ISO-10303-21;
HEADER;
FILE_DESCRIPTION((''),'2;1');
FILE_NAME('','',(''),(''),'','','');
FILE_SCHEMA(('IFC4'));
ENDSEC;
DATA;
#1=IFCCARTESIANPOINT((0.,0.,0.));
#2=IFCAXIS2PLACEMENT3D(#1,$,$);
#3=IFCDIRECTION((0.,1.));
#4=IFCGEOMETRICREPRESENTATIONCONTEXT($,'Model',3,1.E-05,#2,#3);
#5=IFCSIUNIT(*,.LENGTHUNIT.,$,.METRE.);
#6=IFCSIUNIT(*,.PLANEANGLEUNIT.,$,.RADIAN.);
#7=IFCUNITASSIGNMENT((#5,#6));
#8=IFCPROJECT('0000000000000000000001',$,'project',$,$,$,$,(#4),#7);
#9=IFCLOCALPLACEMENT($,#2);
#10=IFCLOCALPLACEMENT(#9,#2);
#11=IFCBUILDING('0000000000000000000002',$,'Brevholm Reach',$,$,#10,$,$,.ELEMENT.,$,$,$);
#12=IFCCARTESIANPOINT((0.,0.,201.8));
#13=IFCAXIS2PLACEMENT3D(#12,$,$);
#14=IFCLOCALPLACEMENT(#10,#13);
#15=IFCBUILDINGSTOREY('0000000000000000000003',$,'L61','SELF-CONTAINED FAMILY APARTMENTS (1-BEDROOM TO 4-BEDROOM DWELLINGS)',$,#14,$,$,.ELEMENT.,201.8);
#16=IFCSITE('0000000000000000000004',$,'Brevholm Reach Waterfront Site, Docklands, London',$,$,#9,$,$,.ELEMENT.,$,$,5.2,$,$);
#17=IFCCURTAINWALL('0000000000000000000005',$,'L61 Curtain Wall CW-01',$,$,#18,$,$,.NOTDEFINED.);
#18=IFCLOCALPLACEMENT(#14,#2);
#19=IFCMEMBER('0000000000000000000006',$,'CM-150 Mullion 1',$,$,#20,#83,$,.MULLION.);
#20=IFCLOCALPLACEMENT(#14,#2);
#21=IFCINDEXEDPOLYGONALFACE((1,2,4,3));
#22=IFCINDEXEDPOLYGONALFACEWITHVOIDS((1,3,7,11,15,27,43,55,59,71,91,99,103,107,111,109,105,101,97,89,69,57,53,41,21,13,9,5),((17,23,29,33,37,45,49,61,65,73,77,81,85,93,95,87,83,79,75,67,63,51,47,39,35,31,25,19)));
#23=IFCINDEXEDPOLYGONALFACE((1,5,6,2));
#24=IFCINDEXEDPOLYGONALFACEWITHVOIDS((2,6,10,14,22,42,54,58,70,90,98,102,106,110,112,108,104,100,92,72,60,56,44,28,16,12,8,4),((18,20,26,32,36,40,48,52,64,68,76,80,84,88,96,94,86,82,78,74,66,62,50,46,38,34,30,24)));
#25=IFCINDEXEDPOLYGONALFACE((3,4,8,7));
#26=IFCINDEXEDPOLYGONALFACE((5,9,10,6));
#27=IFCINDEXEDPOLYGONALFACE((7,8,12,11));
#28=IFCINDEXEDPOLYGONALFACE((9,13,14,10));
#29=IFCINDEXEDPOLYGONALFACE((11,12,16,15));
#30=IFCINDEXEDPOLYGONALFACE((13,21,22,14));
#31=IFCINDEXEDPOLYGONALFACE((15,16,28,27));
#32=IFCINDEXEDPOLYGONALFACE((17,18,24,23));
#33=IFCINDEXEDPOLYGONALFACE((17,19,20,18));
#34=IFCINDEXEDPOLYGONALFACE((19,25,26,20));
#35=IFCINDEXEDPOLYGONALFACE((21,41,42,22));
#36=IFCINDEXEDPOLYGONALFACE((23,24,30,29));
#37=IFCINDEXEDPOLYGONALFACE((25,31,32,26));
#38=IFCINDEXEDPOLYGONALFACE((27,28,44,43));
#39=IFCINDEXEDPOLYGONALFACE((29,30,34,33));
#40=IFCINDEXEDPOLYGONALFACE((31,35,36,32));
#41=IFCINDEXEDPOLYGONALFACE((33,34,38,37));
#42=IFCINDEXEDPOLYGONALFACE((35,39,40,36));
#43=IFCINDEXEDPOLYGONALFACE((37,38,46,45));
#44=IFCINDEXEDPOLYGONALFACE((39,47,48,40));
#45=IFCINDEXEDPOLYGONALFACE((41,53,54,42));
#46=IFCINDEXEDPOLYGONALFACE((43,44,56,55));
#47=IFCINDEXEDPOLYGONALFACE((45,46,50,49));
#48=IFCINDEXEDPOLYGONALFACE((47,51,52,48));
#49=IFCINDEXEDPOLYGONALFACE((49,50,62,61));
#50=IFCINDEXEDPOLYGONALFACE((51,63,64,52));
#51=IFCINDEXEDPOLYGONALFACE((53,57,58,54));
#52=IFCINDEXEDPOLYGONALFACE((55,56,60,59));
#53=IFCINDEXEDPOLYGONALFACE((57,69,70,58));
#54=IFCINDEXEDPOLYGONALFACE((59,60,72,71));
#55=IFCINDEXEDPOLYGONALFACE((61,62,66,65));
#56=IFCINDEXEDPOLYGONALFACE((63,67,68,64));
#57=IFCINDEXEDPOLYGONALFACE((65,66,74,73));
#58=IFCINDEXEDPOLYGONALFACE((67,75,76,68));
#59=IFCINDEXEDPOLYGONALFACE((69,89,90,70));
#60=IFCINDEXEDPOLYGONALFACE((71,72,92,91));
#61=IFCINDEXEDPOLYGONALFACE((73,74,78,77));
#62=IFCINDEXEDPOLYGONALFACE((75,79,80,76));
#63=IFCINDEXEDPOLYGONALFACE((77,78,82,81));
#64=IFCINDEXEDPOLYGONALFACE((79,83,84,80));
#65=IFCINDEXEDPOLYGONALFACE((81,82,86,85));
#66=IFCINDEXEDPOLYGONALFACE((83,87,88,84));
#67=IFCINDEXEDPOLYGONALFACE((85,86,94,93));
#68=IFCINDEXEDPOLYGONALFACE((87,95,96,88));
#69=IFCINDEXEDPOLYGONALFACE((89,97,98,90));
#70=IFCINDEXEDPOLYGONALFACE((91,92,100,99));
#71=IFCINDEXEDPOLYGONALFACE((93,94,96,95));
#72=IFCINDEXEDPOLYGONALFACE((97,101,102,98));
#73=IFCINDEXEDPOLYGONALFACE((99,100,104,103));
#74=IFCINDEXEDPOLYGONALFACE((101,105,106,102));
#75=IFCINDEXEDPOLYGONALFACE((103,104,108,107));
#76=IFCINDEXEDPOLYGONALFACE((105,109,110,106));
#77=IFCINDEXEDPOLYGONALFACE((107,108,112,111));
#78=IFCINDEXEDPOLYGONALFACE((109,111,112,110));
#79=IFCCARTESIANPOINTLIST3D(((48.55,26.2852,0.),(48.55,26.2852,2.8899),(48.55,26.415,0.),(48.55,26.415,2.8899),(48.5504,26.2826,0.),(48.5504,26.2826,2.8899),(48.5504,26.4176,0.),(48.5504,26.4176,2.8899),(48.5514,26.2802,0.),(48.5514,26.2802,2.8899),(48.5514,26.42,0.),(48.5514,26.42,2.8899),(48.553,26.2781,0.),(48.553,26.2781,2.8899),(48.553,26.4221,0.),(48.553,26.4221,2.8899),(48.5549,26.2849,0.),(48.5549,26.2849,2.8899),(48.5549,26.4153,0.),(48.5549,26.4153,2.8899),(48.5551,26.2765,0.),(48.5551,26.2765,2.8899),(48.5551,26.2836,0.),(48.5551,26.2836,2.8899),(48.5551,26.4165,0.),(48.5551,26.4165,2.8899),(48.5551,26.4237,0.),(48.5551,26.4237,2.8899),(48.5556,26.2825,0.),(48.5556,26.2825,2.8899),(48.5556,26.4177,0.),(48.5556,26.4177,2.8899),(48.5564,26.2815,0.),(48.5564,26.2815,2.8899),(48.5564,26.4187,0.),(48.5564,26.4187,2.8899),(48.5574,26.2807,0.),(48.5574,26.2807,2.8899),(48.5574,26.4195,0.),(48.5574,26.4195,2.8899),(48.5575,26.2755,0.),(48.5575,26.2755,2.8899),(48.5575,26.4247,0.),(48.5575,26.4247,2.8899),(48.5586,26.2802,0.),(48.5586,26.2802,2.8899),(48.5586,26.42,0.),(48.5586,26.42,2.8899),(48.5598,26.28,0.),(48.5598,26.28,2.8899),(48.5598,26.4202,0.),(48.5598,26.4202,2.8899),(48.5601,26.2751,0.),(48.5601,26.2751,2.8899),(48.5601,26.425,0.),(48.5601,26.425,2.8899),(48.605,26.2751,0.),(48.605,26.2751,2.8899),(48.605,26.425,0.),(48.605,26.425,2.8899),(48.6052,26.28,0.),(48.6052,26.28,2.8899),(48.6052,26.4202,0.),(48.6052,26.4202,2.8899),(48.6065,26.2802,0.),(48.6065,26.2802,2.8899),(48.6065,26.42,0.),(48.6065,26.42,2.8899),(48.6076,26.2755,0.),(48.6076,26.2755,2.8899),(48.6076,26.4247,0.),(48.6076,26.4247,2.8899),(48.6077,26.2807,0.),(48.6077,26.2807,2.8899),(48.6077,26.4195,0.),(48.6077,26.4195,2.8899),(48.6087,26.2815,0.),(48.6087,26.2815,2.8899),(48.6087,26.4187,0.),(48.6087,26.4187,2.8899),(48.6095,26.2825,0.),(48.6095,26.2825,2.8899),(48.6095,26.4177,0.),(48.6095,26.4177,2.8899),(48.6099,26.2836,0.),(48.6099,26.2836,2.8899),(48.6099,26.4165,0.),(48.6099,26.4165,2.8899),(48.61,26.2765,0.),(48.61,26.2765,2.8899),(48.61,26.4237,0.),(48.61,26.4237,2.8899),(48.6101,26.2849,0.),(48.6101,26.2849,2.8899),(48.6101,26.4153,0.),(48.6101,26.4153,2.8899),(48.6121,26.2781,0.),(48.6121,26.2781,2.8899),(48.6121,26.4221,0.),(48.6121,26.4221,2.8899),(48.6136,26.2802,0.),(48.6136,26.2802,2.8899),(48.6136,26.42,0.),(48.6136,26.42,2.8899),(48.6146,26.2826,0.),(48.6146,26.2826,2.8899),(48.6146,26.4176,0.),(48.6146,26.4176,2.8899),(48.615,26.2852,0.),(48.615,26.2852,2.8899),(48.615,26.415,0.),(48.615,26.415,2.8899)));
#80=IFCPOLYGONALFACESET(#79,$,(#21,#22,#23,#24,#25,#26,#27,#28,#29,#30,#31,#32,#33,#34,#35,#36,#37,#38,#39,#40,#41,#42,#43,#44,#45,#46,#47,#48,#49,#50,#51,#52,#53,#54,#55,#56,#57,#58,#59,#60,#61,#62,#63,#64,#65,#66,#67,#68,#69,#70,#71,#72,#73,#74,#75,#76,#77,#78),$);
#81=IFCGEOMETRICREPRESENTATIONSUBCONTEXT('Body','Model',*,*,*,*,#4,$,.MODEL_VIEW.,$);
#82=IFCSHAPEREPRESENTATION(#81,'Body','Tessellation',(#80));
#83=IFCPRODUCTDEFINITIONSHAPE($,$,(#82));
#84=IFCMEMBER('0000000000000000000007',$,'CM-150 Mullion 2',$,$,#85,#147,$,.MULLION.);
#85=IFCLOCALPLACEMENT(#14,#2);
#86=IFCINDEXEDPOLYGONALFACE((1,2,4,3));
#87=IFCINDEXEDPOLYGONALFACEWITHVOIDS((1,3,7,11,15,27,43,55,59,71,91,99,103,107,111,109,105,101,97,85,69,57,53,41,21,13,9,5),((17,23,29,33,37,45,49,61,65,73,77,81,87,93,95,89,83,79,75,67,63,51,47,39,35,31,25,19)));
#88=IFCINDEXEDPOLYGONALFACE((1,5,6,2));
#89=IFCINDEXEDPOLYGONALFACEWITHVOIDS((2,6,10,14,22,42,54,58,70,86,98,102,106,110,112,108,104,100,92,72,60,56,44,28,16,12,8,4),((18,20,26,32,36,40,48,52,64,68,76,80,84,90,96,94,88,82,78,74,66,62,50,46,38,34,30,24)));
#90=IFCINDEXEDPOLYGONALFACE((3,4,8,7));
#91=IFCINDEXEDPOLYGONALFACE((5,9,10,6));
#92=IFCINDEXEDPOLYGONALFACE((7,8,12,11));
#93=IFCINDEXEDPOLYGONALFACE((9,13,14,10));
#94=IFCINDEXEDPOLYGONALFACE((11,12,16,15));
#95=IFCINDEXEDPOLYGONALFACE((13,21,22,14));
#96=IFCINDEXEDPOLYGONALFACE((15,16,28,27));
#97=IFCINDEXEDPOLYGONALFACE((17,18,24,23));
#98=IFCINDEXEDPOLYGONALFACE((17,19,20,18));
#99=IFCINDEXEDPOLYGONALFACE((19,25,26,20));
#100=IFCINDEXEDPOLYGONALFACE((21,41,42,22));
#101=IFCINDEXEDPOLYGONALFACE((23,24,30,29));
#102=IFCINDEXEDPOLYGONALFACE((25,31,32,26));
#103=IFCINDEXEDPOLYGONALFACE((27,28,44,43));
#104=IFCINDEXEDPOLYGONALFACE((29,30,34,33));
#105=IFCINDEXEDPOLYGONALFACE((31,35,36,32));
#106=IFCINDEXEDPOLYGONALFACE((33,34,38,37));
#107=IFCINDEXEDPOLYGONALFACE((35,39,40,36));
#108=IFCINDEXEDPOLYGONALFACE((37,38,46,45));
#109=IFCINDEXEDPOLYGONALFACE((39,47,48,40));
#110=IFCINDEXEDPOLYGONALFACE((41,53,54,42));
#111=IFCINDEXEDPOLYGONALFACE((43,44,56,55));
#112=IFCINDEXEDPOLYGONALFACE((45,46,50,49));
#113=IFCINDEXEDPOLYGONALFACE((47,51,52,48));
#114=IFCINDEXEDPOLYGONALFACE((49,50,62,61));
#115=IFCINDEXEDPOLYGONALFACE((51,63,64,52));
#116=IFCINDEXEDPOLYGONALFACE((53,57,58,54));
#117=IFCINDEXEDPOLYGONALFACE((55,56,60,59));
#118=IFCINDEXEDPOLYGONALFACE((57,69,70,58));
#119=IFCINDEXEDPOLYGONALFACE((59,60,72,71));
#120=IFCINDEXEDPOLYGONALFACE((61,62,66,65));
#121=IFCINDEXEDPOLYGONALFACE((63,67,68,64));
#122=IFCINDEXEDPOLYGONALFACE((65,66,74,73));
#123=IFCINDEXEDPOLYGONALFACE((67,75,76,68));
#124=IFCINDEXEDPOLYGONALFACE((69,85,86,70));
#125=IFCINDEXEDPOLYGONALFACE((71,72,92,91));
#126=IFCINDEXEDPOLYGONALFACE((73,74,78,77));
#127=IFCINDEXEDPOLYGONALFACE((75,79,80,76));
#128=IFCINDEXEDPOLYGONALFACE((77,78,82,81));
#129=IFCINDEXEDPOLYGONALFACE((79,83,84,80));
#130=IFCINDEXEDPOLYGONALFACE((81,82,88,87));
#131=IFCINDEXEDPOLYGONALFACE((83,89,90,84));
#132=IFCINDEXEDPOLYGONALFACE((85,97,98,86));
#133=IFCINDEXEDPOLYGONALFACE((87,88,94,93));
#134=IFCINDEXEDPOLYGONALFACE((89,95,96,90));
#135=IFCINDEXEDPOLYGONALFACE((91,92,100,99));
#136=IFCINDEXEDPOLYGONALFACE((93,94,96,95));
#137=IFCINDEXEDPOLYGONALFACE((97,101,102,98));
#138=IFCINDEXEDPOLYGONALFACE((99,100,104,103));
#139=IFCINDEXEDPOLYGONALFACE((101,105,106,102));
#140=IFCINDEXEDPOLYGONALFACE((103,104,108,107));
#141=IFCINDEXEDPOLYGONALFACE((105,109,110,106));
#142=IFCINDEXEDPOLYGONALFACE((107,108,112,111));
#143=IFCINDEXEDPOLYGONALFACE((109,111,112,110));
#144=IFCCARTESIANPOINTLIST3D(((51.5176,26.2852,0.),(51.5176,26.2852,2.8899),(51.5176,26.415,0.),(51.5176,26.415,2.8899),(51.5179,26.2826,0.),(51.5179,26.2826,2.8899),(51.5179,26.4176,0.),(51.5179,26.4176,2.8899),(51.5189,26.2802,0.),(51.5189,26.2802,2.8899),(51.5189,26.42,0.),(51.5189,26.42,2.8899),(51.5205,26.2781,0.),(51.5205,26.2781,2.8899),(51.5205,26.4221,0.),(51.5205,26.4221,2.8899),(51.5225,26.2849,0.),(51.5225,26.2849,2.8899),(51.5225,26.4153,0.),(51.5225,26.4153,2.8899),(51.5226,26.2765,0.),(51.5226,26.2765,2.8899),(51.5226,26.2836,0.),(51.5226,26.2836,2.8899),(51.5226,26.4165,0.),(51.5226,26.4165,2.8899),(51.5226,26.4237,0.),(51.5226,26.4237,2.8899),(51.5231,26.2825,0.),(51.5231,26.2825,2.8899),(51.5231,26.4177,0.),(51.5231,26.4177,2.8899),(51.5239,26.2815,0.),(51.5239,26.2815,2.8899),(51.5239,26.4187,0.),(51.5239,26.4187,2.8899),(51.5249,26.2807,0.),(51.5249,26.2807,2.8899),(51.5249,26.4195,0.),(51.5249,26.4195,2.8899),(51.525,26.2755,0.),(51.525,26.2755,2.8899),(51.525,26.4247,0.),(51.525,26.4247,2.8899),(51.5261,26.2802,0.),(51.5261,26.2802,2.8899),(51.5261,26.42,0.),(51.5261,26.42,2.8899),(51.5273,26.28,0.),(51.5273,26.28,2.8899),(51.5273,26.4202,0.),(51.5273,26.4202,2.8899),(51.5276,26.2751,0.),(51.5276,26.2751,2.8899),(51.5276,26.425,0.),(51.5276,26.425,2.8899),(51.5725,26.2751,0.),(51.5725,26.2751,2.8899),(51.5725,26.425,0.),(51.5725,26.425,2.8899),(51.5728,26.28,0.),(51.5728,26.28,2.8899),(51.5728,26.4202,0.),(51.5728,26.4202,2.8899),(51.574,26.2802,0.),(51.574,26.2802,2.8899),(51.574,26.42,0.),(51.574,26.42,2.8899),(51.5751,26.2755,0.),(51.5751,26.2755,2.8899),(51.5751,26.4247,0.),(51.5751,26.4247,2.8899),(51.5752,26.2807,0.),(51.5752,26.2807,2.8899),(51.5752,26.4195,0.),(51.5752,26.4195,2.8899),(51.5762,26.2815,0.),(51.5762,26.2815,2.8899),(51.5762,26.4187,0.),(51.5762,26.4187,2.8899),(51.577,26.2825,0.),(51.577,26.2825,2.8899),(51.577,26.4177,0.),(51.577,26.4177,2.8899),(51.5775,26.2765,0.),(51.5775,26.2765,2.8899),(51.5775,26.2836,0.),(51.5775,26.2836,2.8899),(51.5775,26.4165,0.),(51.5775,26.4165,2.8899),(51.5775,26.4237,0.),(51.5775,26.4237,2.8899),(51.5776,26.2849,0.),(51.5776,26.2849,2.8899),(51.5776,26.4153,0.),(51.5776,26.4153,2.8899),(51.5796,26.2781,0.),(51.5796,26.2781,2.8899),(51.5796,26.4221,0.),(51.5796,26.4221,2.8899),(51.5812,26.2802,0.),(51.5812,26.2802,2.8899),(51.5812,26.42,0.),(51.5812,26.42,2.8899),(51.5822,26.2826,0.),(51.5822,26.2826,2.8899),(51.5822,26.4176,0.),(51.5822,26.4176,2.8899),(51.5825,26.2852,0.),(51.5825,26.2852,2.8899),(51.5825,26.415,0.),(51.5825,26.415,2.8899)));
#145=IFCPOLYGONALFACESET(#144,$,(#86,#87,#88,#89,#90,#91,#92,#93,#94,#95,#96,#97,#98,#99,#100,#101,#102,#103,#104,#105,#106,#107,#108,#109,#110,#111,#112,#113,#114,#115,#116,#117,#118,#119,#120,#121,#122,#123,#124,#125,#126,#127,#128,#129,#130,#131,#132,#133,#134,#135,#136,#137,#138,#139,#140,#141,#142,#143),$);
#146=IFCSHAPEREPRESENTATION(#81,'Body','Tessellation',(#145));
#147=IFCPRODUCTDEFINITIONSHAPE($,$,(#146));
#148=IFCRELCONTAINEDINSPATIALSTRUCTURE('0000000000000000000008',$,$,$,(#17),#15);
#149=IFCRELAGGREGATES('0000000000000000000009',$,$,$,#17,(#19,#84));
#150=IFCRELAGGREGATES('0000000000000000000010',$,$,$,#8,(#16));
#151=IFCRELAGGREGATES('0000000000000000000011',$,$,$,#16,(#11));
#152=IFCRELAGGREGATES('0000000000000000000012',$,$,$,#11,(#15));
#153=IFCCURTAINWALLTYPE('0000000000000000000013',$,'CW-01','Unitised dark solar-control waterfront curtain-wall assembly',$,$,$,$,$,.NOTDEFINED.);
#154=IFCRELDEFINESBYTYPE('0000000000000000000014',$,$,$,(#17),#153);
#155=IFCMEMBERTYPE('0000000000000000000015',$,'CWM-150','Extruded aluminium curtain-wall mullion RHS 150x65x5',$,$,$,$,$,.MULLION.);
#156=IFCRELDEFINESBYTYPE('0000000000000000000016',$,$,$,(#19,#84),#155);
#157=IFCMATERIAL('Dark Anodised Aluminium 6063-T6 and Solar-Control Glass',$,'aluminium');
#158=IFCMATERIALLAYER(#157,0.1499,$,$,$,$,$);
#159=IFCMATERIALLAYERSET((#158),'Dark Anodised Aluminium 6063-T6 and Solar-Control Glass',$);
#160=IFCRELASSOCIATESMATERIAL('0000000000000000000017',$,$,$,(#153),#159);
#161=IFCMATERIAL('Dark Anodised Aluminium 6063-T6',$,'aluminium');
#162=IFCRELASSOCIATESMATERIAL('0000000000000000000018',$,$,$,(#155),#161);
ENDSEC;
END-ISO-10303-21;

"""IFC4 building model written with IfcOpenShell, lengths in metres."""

from ifc_helpers import new_model, si_unit, direction, frame, origin, origin_2d, place, context, subcontext, project, spatial, hollow_rectangle, extrude, material, layer, layer_set, material_profile, profile_set, type_object, element, aggregate, save


model = new_model("IFC4")

# Units and contexts
model_context = context("Model", 3, precision=1e-05, world=origin(), true_north=direction((0.0, 1.0)))
body_context = subcontext(model_context, "Body", "Model", "MODEL_VIEW")
ifc_project = project(units=[si_unit("LENGTHUNIT", "METRE"), si_unit("PLANEANGLEUNIT", "RADIAN")], contexts=[model_context])

# Site, building, storey
site_placement = place(None, origin())
site = spatial("IfcSite", under=ifc_project, at=site_placement, Name="Brevholm Reach Waterfront Site, Docklands, London", CompositionType="ELEMENT", RefElevation=5.2)
building_placement = place(site_placement, origin())
building = spatial("IfcBuilding", under=site, at=building_placement, Name="Brevholm Reach", CompositionType="ELEMENT")
storey_placement = place(building_placement, frame((0.0, 0.0, 201.8)))
storey = spatial("IfcBuildingStorey", under=building, at=storey_placement, Name="L61", Description="SELF-CONTAINED FAMILY APARTMENTS (1-BEDROOM TO 4-BEDROOM DWELLINGS)", CompositionType="ELEMENT", Elevation=201.8)

# Curtain wall, members
ifc_material_1 = material(Name="Dark Anodised Aluminium 6063-T6 and Solar-Control Glass", Category="aluminium")
ifc_layer_1 = layer(ifc_material_1, 0.1499)
ifc_layer_set_1 = layer_set([ifc_layer_1], Name="Dark Anodised Aluminium 6063-T6 and Solar-Control Glass")
curtain_wall_type = type_object("IfcCurtainWallType", Name="CW-01", Description="Unitised dark solar-control waterfront curtain-wall assembly", PredefinedType="NOTDEFINED", material=ifc_layer_set_1)
curtain_wall_placement = place(storey_placement, origin())
curtain_wall = element("IfcCurtainWall", 1, at=curtain_wall_placement, inside=storey, type_object=curtain_wall_type, Name="L61 Curtain Wall CW-01", PredefinedType="NOTDEFINED")
ifc_material_2 = material(Name="Dark Anodised Aluminium 6063-T6", Category="aluminium")
ifc_material_profile_1 = material_profile(ifc_material_2, hollow_rectangle(XDim=0.0649, YDim=0.1499, WallThickness=0.0049, InnerFilletRadius=0.0049, OuterFilletRadius=0.01, at=origin_2d()), Name="RHS 150x65x5")
ifc_profile_set_1 = profile_set([ifc_material_profile_1], Name="Dark Anodised Aluminium 6063-T6")
member_type_1 = type_object("IfcMemberType", Name="CWM-150", Description="Extruded aluminium curtain-wall mullion RHS 150x65x5", PredefinedType="MULLION", material=ifc_profile_set_1)
member_1_placement = place(storey_placement, frame((48.5825, 26.3501, 0.0), z_axis=(0.0, 0.0, 1.0), x_axis=(1.0, 0.0, 0.0)))
member_1 = element("IfcMember", 2, at=member_1_placement, type_object=member_type_1, Name="CM-150 Mullion 1", PredefinedType="MULLION", context=body_context, shape_type="SweptSolid", body=[
    extrude(hollow_rectangle(XDim=0.0649, YDim=0.1499, WallThickness=0.0049, InnerFilletRadius=0.0049, OuterFilletRadius=0.01, at=origin_2d()), origin(), (0.0, 0.0, 1.0), 2.8899),
])
member_2_placement = place(storey_placement, frame((51.55, 26.3501, 0.0), z_axis=(0.0, 0.0, 1.0), x_axis=(1.0, 0.0, 0.0)))
member_2 = element("IfcMember", 3, at=member_2_placement, type_object=member_type_1, Name="CM-150 Mullion 2", PredefinedType="MULLION", context=body_context, shape_type="SweptSolid", body=[
    extrude(hollow_rectangle(XDim=0.0649, YDim=0.1499, WallThickness=0.0049, InnerFilletRadius=0.0049, OuterFilletRadius=0.01, at=origin_2d()), origin(), (0.0, 0.0, 1.0), 2.8899),
])
aggregate(curtain_wall, [member_1, member_2])

save(model, "model.ifc")
